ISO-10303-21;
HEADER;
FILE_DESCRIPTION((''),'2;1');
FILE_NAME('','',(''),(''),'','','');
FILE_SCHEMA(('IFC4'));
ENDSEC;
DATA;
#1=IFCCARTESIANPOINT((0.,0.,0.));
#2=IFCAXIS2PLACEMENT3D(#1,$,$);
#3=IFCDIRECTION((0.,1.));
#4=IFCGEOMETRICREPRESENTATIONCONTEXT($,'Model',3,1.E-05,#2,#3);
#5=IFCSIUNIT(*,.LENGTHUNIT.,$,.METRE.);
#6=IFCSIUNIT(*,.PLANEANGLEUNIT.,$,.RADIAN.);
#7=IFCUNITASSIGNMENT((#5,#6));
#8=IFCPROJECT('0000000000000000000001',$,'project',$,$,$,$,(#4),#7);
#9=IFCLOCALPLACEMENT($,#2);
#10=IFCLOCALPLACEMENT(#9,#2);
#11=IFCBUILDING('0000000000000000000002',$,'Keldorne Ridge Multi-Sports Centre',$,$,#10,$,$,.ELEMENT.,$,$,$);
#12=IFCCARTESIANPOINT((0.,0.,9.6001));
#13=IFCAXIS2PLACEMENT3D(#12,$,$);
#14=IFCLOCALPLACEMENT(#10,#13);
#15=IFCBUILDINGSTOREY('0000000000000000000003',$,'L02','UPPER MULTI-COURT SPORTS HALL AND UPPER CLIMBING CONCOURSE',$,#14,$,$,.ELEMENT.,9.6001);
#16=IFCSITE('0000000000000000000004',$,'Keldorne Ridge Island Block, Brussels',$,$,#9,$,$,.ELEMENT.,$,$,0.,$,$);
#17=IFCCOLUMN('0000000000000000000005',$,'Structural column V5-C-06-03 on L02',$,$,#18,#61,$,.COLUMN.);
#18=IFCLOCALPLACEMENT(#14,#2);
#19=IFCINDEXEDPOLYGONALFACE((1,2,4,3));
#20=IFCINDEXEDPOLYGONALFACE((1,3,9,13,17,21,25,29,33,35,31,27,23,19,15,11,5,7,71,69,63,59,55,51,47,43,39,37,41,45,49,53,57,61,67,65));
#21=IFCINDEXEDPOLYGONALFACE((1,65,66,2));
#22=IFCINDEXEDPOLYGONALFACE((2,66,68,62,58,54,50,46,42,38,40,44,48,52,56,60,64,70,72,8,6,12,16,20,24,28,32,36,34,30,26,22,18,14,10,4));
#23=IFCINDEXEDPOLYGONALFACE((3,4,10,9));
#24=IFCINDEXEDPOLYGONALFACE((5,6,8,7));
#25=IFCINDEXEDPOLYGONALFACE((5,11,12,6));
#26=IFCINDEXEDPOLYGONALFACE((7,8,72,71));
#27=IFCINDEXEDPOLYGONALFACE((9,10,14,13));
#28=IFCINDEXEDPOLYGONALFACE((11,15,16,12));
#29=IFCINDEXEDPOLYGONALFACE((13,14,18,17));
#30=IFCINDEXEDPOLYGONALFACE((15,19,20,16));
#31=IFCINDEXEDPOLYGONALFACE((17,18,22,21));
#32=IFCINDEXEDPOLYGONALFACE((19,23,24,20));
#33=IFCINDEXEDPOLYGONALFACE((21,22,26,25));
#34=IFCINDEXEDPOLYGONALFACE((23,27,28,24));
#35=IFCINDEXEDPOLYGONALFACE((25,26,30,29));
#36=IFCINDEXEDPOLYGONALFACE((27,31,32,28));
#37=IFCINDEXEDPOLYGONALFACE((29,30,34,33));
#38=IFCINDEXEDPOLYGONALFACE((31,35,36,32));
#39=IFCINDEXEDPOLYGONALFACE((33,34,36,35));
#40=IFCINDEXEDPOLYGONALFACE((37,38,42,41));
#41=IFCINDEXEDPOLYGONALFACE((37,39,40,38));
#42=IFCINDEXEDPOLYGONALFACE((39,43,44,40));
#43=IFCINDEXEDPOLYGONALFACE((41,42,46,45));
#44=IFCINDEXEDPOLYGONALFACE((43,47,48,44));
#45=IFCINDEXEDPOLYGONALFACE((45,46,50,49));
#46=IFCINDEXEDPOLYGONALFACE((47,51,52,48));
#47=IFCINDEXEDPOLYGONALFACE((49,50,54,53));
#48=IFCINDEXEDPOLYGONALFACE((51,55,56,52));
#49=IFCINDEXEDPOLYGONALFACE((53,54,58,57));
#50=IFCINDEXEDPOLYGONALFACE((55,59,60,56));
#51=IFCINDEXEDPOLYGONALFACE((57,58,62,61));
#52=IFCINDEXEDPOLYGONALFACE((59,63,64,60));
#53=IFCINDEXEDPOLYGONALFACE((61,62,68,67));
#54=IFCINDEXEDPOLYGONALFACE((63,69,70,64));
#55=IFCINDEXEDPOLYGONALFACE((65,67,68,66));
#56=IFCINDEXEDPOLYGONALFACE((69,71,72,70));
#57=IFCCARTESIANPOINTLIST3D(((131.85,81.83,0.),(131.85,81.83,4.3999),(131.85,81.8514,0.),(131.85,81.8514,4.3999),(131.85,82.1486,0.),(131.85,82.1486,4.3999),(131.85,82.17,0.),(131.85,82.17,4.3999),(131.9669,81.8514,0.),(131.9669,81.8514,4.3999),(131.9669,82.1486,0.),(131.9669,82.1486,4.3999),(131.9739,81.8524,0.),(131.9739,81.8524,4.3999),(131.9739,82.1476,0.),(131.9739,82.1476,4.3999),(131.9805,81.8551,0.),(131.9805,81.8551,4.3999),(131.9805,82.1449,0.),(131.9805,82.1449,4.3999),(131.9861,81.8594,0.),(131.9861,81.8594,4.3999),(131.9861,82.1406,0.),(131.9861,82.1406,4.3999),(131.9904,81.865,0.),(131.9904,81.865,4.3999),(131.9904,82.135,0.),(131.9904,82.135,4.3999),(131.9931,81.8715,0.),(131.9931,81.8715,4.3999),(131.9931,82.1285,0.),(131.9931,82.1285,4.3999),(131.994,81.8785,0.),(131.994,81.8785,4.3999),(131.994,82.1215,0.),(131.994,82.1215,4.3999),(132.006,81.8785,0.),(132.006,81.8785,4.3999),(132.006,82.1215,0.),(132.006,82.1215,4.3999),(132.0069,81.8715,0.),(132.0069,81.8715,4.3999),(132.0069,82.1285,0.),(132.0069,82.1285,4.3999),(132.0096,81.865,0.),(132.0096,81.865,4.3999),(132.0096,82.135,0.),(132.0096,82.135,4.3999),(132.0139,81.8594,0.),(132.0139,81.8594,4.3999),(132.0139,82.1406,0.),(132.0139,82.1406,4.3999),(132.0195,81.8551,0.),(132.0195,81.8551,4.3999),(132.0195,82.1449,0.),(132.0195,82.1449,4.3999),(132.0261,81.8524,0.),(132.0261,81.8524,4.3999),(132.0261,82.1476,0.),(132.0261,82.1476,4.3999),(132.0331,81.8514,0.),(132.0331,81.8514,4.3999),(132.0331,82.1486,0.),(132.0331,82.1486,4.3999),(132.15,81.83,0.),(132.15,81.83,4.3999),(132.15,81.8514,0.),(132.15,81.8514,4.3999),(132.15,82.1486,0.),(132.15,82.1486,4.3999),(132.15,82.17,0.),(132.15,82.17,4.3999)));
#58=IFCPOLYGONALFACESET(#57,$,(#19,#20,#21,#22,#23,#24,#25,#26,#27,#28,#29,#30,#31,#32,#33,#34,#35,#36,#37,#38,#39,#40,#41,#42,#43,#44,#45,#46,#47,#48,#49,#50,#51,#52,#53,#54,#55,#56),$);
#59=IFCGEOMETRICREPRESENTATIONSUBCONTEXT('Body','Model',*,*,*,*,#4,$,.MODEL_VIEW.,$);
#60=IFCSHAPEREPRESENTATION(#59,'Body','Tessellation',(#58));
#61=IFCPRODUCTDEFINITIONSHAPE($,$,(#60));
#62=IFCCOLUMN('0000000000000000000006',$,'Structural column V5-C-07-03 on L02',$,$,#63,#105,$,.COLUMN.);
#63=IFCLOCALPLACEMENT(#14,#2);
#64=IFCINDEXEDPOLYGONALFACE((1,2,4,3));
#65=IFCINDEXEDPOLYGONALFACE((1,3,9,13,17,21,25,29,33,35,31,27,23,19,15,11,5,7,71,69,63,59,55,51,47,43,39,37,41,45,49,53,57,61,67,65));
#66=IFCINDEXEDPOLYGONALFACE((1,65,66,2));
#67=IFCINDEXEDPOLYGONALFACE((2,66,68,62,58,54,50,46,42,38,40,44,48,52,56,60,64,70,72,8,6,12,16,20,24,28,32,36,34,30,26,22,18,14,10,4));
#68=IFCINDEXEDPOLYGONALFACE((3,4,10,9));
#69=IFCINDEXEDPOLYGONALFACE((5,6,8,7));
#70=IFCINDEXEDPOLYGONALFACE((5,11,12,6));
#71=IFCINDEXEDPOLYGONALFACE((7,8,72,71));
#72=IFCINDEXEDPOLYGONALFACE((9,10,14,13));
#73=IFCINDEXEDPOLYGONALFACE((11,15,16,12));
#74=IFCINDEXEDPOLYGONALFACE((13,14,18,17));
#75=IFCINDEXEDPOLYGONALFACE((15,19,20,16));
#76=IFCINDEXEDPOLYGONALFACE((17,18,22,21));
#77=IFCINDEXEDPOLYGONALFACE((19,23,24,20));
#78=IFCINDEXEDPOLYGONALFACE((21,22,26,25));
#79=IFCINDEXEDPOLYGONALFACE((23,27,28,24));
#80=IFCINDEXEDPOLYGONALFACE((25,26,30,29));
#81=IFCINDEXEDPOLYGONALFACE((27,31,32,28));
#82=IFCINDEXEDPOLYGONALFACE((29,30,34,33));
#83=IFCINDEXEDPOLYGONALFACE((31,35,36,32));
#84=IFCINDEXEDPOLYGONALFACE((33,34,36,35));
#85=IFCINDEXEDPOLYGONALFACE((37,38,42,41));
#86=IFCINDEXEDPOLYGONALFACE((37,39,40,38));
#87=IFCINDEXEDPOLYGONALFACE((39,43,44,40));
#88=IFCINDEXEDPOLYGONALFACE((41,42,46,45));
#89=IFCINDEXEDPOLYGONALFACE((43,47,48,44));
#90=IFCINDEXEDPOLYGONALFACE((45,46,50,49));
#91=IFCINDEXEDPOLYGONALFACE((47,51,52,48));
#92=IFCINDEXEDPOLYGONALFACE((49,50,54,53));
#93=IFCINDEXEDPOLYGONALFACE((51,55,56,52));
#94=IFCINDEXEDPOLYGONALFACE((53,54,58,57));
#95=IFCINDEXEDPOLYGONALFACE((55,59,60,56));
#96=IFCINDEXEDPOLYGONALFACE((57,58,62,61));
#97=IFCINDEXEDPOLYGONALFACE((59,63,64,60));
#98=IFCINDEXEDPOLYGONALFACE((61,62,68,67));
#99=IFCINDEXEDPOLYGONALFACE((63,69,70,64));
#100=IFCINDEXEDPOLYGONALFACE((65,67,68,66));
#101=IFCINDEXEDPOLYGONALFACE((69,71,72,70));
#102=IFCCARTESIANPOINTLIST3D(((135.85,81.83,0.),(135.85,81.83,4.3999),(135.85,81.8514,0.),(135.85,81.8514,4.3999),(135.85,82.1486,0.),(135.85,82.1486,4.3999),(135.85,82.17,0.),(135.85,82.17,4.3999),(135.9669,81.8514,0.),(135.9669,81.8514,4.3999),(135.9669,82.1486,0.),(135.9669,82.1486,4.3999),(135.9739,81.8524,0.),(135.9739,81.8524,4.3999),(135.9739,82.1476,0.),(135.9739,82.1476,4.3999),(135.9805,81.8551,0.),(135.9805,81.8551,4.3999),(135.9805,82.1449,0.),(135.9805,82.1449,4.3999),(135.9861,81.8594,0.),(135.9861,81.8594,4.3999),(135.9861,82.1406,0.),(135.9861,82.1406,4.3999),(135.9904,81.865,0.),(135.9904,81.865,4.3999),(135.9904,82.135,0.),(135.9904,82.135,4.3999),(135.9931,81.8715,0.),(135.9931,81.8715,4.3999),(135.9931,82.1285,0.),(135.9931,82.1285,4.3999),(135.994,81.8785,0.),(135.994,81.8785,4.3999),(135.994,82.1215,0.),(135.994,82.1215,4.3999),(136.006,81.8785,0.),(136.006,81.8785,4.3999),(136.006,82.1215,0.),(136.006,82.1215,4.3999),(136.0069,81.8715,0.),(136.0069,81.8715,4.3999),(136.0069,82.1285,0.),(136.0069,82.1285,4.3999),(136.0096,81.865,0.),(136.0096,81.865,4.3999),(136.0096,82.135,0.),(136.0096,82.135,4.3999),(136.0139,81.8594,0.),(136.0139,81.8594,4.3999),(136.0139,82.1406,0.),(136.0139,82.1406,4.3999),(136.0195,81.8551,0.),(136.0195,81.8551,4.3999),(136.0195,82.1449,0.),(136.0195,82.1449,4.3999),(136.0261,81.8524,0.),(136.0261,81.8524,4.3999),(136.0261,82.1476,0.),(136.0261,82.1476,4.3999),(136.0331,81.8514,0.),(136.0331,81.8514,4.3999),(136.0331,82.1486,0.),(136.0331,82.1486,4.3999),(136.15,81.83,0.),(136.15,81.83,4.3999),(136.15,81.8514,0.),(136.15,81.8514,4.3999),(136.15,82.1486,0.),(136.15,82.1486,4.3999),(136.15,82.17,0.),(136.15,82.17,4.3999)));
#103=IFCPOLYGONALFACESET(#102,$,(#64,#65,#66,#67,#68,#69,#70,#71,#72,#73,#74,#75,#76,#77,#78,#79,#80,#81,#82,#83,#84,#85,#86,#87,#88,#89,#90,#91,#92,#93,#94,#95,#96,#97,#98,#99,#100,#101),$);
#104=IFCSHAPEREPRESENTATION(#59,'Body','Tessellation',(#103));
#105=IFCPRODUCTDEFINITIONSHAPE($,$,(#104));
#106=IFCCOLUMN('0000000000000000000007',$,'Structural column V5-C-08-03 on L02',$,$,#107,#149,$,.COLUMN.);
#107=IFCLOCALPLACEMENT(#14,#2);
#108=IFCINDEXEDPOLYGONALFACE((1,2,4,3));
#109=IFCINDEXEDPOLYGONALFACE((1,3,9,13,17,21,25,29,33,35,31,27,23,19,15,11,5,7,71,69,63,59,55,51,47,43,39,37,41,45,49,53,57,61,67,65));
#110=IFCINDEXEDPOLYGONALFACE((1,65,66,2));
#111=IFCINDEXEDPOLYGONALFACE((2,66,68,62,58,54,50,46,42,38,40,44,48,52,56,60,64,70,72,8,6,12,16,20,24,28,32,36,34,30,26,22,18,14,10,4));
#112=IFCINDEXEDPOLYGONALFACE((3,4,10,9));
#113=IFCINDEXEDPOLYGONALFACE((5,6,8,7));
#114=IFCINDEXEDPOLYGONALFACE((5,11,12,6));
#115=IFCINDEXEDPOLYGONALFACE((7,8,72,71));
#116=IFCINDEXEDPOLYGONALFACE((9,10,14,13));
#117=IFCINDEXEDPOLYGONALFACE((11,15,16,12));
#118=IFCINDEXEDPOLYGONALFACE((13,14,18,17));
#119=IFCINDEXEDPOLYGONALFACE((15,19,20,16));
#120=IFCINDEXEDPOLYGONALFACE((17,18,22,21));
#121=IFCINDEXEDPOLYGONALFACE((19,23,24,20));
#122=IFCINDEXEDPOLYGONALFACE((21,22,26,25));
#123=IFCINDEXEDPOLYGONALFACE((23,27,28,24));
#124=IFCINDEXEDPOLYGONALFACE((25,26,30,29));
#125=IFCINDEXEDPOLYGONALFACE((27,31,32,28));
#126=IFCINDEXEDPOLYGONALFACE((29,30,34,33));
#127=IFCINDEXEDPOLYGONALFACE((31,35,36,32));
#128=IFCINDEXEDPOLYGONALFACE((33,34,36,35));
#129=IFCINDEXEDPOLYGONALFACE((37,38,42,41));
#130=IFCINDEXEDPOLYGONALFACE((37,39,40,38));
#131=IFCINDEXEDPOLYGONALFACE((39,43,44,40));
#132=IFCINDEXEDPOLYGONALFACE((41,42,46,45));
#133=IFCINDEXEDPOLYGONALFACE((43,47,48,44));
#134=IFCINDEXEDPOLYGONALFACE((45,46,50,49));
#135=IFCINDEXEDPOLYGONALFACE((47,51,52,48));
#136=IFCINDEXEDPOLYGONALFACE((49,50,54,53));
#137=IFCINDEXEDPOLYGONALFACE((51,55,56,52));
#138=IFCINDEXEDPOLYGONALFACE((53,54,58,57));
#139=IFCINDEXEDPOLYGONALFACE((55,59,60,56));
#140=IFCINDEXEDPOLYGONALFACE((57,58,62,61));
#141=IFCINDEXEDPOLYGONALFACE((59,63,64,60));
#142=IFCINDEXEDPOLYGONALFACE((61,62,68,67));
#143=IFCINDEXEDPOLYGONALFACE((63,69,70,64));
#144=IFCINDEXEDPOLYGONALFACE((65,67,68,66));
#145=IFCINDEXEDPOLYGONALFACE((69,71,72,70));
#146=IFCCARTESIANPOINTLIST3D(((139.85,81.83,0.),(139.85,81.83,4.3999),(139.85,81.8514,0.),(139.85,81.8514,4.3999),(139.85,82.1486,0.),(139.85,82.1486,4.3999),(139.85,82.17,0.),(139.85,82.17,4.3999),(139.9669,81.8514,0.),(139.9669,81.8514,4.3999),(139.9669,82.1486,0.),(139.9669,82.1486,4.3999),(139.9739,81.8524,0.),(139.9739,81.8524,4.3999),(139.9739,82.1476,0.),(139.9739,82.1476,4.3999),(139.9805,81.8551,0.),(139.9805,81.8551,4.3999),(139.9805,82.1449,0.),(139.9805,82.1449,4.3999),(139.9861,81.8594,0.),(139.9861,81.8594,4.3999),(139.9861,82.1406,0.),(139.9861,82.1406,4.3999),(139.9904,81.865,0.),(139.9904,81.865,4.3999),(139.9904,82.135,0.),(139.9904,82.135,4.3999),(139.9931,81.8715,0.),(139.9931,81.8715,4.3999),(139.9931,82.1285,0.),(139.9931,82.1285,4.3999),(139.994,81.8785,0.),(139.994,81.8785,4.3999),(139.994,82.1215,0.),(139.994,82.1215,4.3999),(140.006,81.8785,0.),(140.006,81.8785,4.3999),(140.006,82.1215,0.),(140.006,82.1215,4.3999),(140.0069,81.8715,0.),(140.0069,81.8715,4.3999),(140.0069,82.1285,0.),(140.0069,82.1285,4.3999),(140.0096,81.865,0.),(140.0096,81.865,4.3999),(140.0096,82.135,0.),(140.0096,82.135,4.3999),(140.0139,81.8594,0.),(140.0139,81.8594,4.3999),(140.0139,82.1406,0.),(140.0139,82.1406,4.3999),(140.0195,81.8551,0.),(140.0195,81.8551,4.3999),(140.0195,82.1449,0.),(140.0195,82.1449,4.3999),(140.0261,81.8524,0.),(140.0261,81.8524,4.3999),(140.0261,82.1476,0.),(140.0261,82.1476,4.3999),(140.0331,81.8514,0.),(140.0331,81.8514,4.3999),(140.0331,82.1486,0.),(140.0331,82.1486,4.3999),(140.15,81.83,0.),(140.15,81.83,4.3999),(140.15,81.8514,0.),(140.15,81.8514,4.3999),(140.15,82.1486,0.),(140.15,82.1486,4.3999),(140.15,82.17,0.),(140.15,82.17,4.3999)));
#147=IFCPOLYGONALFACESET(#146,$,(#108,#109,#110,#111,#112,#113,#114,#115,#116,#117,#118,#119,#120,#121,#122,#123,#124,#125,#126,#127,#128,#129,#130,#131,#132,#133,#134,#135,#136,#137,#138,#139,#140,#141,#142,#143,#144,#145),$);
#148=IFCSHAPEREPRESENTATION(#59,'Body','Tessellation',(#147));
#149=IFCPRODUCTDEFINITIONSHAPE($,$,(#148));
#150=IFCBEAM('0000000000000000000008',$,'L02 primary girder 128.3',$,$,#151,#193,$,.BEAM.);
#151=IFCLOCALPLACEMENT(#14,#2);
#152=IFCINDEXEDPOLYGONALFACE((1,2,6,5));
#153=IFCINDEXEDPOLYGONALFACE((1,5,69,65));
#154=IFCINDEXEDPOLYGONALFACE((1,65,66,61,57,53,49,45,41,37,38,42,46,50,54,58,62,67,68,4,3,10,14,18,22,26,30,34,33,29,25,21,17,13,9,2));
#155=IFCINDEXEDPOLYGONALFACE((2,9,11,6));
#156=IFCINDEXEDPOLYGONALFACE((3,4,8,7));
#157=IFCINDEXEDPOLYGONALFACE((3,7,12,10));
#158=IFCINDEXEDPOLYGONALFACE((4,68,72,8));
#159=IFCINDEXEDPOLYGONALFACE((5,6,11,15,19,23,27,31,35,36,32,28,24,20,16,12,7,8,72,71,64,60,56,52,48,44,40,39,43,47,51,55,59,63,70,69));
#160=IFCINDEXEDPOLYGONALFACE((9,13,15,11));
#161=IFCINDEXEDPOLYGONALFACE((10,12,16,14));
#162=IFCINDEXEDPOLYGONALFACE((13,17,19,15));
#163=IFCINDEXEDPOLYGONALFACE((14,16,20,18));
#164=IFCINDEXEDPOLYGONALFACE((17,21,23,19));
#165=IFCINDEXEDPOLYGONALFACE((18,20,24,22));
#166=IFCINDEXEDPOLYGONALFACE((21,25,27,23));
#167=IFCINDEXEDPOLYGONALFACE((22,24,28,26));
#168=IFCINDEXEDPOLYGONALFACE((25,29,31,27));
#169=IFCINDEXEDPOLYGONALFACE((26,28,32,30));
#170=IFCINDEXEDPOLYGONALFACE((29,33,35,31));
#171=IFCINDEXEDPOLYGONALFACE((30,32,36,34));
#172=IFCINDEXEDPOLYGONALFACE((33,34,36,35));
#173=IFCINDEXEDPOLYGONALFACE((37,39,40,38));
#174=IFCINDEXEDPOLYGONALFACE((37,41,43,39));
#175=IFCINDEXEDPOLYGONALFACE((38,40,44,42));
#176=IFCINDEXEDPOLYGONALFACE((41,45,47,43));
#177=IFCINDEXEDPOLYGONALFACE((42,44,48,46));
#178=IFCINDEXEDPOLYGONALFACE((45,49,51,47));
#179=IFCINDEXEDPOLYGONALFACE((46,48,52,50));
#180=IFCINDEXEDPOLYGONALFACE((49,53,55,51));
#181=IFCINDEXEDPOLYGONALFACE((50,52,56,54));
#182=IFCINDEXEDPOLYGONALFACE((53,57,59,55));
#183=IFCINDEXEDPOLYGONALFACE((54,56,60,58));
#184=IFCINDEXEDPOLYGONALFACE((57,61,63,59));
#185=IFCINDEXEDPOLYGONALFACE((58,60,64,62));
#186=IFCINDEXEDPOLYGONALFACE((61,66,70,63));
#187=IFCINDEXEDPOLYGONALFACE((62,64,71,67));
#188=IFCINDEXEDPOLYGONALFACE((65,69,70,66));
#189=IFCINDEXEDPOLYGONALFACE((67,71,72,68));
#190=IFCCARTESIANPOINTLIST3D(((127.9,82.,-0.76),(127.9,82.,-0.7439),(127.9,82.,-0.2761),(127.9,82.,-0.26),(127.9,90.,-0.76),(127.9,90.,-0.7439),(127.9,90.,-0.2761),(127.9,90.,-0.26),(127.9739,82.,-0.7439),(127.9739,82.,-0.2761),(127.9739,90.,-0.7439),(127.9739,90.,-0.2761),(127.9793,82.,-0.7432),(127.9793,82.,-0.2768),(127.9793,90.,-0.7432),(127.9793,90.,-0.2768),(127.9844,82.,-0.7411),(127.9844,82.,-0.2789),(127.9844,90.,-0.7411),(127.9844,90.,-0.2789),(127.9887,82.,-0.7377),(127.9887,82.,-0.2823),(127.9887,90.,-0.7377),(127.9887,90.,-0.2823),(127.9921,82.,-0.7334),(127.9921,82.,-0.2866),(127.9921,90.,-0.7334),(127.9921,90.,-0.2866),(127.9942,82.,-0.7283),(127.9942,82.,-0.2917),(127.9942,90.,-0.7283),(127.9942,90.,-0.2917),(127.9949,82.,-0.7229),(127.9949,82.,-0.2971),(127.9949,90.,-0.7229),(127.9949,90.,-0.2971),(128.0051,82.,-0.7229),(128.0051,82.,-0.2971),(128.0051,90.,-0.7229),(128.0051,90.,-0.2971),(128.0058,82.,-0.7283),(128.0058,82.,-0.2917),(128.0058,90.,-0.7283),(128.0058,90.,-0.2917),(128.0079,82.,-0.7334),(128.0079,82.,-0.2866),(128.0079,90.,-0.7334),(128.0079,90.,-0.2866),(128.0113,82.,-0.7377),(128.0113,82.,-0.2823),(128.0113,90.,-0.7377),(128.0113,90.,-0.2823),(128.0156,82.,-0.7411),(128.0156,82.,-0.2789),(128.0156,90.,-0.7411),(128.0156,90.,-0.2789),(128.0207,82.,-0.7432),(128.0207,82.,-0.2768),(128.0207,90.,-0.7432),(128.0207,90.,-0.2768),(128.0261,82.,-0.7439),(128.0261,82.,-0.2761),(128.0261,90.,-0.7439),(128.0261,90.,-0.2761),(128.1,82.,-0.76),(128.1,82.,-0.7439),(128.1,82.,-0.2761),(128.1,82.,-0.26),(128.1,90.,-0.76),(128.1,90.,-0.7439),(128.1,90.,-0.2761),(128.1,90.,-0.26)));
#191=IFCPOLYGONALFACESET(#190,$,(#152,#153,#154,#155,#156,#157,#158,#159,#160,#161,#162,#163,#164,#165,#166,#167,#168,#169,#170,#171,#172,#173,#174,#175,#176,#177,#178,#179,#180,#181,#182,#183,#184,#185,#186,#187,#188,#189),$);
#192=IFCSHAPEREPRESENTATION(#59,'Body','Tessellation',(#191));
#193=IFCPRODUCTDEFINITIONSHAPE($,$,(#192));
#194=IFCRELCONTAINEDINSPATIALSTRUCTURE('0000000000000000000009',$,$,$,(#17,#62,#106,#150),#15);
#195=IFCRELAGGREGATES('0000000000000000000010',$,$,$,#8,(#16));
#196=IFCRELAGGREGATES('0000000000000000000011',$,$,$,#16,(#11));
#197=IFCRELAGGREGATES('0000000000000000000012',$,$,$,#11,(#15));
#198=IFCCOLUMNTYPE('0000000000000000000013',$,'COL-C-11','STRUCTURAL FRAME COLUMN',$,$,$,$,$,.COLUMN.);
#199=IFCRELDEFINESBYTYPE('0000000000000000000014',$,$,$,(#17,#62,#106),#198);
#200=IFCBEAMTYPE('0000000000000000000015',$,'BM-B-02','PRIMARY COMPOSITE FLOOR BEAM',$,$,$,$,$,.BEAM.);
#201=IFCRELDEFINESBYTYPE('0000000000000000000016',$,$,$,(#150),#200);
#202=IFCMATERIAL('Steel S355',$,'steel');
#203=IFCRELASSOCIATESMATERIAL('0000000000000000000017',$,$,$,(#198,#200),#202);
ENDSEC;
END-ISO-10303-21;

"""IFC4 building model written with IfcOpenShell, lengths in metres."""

from ifc_helpers import new_model, si_unit, direction, frame, origin, origin_2d, place, context, subcontext, project, spatial, i_section, extrude, material, material_profile, profile_set, type_object, element, save


model = new_model("IFC4")

# Units and contexts
model_context = context("Model", 3, precision=1e-05, world=origin(), true_north=direction((0.0, 1.0)))
body_context = subcontext(model_context, "Body", "Model", "MODEL_VIEW")
ifc_project = project(units=[si_unit("LENGTHUNIT", "METRE"), si_unit("PLANEANGLEUNIT", "RADIAN")], contexts=[model_context])

# Site, building, storey
site_placement = place(None, origin())
site = spatial("IfcSite", under=ifc_project, at=site_placement, Name="Keldorne Ridge Island Block, Brussels", CompositionType="ELEMENT", RefElevation=0.0)
building_placement = place(site_placement, origin())
building = spatial("IfcBuilding", under=site, at=building_placement, Name="Keldorne Ridge Multi-Sports Centre", CompositionType="ELEMENT")
storey_placement = place(building_placement, frame((0.0, 0.0, 9.6001)))
storey = spatial("IfcBuildingStorey", under=building, at=storey_placement, Name="L02", Description="UPPER MULTI-COURT SPORTS HALL AND UPPER CLIMBING CONCOURSE", CompositionType="ELEMENT", Elevation=9.6001)

# Columns
ifc_material = material(Name="Steel S355", Category="steel")
ifc_material_profile_1 = material_profile(ifc_material, i_section(OverallWidth=0.3, OverallDepth=0.3401, WebThickness=0.012, FlangeThickness=0.0215, FilletRadius=0.0271, at=origin_2d()), Name="HEB 340")
ifc_profile_set_1 = profile_set([ifc_material_profile_1], Name="Steel S355")
column_type = type_object("IfcColumnType", Name="COL-C-11", Description="STRUCTURAL FRAME COLUMN", PredefinedType="COLUMN", material=ifc_profile_set_1)
for number, where, z_axis, x_axis, name in (
    (1, (132.0, 82.0, 0.0), (0.0, 0.0, 1.0), (1.0, 0.0, 0.0), "Structural column V5-C-06-03 on L02"),
    (2, (136.0, 82.0, 0.0), (0.0, 0.0, 1.0), (1.0, 0.0, 0.0), "Structural column V5-C-07-03 on L02"),
    (3, (140.0, 82.0, 0.0), (0.0, 0.0, 1.0), (1.0, 0.0, 0.0), "Structural column V5-C-08-03 on L02"),
):
    element("IfcColumn", number, at=place(storey_placement, frame(where, z_axis=z_axis, x_axis=x_axis)), inside=storey, type_object=column_type, Name=name, PredefinedType="COLUMN", context=body_context, shape_type="SweptSolid", body=[
        extrude(i_section(OverallWidth=0.3, OverallDepth=0.3401, WebThickness=0.012, FlangeThickness=0.0215, FilletRadius=0.0271, at=origin_2d()), origin(), (0.0, 0.0, 1.0), 4.3999),
    ])

# Beam
ifc_material_profile_2 = material_profile(ifc_material, i_section(OverallWidth=0.2, OverallDepth=0.5, WebThickness=0.0103, FlangeThickness=0.0161, FilletRadius=0.021, at=origin_2d()), Name="IPE 500")
ifc_profile_set_2 = profile_set([ifc_material_profile_2], Name="Steel S355")
beam_type_1 = type_object("IfcBeamType", Name="BM-B-02", Description="PRIMARY COMPOSITE FLOOR BEAM", PredefinedType="BEAM", material=ifc_profile_set_2)
for number, where, z_axis, x_axis, name in (
    (4, (128.0, 82.0, -0.51), (0.0, 1.0, 0.0), (-1.0, 0.0, 0.0), "L02 primary girder 128.3"),
):
    element("IfcBeam", number, at=place(storey_placement, frame(where, z_axis=z_axis, x_axis=x_axis)), inside=storey, type_object=beam_type_1, Name=name, PredefinedType="BEAM", context=body_context, shape_type="SweptSolid", body=[
        extrude(i_section(OverallWidth=0.2, OverallDepth=0.5, WebThickness=0.0103, FlangeThickness=0.0161, FilletRadius=0.021, at=origin_2d()), origin(), (0.0, 0.0, 1.0), 8.0),
    ])

save(model, "model.ifc")
